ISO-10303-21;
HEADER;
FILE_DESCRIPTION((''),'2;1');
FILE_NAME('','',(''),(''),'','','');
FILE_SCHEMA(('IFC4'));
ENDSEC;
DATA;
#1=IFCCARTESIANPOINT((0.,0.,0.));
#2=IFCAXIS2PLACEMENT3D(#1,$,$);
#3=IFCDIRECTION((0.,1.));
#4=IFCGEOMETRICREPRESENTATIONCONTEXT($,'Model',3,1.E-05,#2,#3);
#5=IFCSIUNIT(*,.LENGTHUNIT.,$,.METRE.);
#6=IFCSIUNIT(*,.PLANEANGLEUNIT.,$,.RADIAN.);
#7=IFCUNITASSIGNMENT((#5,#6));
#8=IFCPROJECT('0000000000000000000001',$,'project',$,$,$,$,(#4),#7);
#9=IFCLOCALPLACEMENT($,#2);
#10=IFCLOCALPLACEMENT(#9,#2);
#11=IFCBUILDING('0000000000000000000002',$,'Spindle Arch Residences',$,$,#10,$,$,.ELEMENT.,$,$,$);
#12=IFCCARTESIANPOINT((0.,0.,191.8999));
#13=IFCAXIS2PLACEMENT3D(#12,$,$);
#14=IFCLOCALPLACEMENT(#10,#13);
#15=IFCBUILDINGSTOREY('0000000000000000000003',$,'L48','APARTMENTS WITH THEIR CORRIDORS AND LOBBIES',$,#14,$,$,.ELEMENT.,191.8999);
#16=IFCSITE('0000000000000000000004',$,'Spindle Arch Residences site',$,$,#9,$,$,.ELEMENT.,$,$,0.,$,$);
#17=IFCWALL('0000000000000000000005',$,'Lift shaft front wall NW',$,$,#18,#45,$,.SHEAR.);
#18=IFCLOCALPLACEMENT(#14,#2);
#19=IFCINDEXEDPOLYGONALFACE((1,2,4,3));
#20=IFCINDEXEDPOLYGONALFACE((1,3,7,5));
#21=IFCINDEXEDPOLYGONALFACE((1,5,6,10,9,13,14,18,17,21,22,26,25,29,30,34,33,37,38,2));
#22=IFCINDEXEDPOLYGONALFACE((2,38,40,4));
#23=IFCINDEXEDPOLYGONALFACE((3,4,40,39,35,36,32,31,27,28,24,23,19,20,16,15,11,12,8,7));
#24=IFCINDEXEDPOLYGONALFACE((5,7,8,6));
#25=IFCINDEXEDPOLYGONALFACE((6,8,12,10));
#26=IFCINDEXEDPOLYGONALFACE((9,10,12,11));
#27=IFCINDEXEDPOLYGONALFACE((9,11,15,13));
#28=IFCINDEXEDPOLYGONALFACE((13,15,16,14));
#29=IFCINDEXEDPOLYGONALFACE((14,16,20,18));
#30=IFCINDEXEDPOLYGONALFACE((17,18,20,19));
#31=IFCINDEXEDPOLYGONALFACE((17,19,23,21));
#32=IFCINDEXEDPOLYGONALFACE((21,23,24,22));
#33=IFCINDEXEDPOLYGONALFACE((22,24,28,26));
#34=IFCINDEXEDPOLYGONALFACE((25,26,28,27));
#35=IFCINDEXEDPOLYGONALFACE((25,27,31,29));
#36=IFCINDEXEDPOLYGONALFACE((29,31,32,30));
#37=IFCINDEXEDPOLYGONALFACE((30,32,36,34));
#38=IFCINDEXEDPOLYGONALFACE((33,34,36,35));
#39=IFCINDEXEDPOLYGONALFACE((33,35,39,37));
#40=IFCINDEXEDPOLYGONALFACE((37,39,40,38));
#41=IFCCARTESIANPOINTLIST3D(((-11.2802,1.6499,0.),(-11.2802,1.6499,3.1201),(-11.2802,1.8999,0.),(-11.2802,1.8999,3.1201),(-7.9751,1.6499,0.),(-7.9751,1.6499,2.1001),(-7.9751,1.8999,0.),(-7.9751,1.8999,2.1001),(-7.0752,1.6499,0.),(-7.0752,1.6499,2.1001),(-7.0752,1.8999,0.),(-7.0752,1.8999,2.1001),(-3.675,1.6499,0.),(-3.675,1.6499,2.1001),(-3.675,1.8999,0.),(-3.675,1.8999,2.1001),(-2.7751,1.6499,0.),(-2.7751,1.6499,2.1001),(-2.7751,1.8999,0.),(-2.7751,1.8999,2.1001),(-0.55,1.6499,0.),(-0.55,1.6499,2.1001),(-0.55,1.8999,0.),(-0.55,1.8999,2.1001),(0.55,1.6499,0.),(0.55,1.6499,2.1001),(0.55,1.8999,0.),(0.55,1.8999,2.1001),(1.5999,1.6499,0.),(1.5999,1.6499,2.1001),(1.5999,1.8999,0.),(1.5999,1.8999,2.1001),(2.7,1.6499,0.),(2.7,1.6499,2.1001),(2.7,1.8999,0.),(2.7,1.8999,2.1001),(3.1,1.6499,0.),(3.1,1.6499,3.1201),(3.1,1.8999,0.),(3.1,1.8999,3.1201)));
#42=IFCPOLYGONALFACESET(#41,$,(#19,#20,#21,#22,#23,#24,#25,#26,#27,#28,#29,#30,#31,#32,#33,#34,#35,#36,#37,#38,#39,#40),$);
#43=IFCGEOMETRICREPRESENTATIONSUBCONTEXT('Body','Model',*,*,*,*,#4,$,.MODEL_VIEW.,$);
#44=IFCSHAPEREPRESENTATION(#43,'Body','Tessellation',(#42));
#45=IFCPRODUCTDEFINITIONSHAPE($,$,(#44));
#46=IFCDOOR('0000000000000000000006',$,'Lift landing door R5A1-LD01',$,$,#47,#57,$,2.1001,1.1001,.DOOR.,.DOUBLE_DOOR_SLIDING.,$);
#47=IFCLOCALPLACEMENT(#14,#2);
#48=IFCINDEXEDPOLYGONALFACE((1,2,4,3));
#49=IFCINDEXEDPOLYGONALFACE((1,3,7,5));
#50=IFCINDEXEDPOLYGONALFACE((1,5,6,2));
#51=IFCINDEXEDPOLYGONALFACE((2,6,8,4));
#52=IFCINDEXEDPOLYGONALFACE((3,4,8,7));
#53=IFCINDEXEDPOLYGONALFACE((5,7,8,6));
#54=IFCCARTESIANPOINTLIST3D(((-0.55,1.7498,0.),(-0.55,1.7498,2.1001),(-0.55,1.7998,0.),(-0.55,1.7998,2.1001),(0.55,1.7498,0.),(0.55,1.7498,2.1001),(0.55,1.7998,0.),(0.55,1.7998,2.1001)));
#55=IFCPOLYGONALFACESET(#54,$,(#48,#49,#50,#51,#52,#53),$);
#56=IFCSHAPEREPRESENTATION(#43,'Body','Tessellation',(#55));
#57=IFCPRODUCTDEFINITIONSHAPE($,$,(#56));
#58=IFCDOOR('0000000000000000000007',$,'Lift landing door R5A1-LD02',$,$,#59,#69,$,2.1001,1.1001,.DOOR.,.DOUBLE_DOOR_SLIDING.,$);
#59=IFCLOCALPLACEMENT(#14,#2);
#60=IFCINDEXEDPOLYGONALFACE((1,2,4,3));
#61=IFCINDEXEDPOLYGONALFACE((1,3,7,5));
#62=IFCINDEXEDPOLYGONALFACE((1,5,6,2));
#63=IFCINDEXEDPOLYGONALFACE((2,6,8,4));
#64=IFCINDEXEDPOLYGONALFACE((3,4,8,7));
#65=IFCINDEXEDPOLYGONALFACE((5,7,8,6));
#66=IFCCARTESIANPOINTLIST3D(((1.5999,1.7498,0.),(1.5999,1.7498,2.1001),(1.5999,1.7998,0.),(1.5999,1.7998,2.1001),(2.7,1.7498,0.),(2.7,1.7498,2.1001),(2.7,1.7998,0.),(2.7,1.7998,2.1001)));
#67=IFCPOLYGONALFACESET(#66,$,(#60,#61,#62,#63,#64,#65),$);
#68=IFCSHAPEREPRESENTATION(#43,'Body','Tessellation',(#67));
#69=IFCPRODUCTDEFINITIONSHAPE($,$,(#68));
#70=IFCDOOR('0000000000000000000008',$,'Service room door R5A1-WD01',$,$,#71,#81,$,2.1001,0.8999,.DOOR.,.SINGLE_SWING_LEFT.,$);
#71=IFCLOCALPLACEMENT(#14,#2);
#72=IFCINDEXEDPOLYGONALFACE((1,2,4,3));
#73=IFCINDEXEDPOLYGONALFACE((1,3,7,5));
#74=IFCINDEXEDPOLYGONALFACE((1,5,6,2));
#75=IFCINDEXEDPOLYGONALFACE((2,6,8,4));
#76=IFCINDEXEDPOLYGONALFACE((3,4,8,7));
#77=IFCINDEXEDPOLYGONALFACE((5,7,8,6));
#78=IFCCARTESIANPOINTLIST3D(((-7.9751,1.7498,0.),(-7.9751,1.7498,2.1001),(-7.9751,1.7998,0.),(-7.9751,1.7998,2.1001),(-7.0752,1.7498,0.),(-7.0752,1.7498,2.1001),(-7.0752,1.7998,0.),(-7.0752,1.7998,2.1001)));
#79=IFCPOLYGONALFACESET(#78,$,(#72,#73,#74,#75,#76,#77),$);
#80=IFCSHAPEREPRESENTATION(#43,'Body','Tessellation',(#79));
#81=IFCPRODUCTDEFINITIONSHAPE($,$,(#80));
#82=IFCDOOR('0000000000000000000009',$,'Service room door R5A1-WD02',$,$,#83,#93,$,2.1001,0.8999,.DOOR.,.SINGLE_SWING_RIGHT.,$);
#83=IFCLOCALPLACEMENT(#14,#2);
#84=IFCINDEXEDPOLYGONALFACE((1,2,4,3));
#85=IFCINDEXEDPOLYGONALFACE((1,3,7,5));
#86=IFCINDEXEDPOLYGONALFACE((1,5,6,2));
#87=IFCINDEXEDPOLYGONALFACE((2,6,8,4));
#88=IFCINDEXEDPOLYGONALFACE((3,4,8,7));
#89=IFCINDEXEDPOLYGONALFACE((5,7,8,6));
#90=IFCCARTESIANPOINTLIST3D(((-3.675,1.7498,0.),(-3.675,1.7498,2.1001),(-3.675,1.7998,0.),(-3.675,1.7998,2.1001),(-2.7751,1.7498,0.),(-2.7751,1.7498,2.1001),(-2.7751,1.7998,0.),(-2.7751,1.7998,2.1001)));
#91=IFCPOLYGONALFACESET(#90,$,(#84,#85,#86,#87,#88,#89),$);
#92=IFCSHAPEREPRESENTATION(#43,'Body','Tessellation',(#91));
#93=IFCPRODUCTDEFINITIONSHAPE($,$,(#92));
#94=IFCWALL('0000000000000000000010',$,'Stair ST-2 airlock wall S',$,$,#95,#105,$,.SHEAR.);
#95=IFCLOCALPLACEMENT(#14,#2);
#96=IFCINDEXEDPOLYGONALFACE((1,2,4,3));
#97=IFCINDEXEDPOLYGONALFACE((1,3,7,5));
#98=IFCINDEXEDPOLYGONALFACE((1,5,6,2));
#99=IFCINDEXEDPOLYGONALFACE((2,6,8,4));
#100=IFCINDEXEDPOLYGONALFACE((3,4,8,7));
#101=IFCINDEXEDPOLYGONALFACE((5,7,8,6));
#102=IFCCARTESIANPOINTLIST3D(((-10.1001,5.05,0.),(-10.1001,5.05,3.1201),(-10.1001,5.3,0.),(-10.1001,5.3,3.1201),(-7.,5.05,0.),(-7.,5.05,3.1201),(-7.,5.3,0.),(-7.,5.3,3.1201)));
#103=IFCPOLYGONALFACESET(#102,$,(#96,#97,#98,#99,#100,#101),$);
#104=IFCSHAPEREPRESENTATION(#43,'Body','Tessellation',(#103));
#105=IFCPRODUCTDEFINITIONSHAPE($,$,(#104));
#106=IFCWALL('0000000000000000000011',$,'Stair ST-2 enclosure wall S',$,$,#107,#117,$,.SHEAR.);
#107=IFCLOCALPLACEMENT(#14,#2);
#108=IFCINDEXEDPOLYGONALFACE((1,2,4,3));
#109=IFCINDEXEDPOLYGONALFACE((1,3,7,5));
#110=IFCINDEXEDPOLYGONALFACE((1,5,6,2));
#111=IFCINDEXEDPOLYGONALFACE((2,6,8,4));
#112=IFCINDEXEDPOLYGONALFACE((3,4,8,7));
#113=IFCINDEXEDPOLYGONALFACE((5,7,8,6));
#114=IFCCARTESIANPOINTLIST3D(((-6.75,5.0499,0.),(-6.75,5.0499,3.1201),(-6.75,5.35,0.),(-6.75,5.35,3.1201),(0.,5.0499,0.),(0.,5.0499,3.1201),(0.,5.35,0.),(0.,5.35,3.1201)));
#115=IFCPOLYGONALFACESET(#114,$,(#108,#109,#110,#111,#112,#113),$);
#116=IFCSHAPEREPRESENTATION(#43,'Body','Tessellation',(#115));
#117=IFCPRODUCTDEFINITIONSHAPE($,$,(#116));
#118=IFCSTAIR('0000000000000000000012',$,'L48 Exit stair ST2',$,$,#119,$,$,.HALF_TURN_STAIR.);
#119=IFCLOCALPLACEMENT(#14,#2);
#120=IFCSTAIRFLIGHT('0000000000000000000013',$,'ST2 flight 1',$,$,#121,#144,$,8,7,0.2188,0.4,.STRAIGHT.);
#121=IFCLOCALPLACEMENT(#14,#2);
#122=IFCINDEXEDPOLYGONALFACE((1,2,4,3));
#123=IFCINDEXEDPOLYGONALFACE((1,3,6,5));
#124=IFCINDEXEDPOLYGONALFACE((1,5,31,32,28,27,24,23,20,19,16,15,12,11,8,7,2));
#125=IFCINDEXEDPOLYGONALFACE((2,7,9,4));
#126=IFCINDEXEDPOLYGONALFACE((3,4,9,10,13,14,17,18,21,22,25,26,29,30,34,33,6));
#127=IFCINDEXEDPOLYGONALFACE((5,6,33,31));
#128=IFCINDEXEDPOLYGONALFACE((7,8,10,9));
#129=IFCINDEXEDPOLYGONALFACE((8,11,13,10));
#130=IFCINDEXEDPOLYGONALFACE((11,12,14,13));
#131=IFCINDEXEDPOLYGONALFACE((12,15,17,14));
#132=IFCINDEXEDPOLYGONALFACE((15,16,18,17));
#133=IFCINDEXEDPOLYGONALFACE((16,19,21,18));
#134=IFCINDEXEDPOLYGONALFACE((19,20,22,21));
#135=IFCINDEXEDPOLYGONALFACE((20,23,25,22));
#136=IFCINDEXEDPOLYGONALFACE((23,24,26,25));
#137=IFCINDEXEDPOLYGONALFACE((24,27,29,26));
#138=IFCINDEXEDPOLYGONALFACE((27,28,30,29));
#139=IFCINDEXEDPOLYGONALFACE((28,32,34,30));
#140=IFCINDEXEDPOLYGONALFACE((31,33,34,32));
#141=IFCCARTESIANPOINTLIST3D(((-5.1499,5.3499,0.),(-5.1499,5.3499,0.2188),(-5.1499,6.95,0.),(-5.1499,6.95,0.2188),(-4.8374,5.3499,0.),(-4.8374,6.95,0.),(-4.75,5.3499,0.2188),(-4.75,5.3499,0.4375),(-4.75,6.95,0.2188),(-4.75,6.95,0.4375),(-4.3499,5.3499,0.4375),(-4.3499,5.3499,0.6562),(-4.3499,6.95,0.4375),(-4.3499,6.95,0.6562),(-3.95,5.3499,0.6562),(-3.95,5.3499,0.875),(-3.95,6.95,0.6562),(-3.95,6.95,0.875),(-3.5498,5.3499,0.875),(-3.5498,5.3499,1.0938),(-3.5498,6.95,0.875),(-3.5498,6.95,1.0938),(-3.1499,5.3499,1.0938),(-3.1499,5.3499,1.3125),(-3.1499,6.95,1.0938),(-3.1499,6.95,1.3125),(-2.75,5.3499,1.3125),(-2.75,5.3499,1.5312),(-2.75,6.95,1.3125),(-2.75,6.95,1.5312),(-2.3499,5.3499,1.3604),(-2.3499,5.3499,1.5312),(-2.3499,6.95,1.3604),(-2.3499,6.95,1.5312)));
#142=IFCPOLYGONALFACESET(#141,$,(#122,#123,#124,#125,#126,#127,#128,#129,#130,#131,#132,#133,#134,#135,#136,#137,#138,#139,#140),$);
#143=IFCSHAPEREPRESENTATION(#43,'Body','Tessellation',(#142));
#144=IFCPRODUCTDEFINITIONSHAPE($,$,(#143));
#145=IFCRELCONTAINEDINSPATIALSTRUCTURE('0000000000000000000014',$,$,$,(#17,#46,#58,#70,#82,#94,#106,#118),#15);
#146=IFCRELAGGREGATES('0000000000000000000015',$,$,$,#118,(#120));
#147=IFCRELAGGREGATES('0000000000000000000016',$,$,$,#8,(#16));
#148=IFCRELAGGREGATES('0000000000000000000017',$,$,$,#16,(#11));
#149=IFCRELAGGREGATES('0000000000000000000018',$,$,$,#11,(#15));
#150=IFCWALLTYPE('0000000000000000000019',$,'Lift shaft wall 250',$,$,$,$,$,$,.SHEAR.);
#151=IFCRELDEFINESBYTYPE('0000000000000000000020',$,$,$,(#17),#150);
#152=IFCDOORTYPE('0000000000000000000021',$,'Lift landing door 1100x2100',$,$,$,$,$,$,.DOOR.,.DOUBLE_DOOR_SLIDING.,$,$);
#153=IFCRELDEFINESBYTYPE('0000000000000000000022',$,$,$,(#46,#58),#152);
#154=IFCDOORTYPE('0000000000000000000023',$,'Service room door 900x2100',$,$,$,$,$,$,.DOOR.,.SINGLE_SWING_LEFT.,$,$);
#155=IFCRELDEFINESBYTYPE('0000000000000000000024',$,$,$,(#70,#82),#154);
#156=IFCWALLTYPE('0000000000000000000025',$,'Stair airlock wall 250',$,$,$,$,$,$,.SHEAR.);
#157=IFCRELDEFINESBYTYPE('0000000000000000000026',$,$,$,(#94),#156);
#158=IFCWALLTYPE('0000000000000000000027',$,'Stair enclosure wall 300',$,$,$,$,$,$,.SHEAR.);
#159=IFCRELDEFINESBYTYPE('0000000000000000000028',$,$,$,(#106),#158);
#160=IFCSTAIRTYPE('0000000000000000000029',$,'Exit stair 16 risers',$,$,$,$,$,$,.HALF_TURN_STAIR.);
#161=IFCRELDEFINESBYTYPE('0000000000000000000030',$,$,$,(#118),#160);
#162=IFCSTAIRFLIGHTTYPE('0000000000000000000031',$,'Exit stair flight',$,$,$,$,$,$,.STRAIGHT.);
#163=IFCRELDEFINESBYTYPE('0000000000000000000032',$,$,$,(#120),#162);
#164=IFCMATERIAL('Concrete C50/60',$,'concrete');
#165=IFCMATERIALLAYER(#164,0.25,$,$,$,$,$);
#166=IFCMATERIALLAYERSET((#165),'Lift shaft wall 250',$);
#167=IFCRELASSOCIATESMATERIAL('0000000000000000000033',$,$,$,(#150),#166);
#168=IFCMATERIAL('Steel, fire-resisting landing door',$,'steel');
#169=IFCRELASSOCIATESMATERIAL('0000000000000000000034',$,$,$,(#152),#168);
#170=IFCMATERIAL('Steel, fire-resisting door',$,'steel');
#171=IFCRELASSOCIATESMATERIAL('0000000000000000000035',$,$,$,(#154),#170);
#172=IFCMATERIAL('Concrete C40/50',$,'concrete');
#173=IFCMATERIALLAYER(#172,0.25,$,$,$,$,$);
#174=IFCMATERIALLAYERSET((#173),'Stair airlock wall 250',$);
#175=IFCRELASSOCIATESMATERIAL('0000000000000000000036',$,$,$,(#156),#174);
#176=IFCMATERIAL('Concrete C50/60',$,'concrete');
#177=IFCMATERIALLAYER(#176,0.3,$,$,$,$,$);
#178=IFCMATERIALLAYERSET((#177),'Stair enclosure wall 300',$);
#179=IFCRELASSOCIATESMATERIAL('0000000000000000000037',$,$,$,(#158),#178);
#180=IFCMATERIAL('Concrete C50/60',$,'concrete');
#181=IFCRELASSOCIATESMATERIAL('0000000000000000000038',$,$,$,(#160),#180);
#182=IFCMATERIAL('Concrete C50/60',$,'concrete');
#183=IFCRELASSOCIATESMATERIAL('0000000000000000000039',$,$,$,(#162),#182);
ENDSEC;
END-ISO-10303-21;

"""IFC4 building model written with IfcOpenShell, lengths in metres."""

from ifc_helpers import new_model, si_unit, direction, frame, frame_2d, origin, place, context, subcontext, project, spatial, polyline, rectangle, outline, extrude, material, layer, layer_set, type_object, element, fill, aggregate, save


model = new_model("IFC4")

# Units and contexts
model_context = context("Model", 3, precision=1e-05, world=origin(), true_north=direction((0.0, 1.0)))
body_context = subcontext(model_context, "Body", "Model", "MODEL_VIEW")
ifc_project = project(units=[si_unit("LENGTHUNIT", "METRE"), si_unit("PLANEANGLEUNIT", "RADIAN")], contexts=[model_context])

# Site, building, storey
site_placement = place(None, origin())
site = spatial("IfcSite", under=ifc_project, at=site_placement, Name="Spindle Arch Residences site", CompositionType="ELEMENT", RefElevation=0.0)
building_placement = place(site_placement, origin())
building = spatial("IfcBuilding", under=site, at=building_placement, Name="Spindle Arch Residences", CompositionType="ELEMENT")
storey_placement = place(building_placement, frame((0.0, 0.0, 191.8999)))
storey = spatial("IfcBuildingStorey", under=building, at=storey_placement, Name="L48", Description="APARTMENTS WITH THEIR CORRIDORS AND LOBBIES", CompositionType="ELEMENT", Elevation=191.8999)

# Wall, openings, doors
ifc_material_1 = material(Name="Concrete C50/60", Category="concrete")
ifc_layer_1 = layer(ifc_material_1, 0.25)
ifc_layer_set_1 = layer_set([ifc_layer_1], Name="Lift shaft wall 250")
wall_type_1 = type_object("IfcWallType", Name="Lift shaft wall 250", PredefinedType="SHEAR", material=ifc_layer_set_1)
wall_1_placement = place(storey_placement, frame((-11.28, 1.7749, 0.0), z_axis=(0.0, 0.0, 1.0), x_axis=(1.0, 0.0, 0.0)))
wall_1 = element("IfcWall", 1, at=wall_1_placement, inside=storey, type_object=wall_type_1, Name="Lift shaft front wall NW", PredefinedType="SHEAR", context=body_context, shape_type="SweptSolid", body=[
    extrude(rectangle(XDim=14.3801, YDim=0.25, at=frame_2d((7.1899, 0.0))), origin(), (0.0, 0.0, 1.0), 3.1201),
])
opening_1_placement = place(wall_1_placement, frame((10.73, 0.0, 0.0)))
opening_1 = element("IfcOpeningElement", 2, at=opening_1_placement, cuts=wall_1, PredefinedType="OPENING", context=body_context, shape_type="SweptSolid", body=[
    extrude(rectangle(XDim=1.1001, YDim=2.1001, at=frame_2d((0.55, 1.05))), frame((0.0, 0.135, 0.0), z_axis=(0.0, -1.0, 0.0), x_axis=(1.0, 0.0, 0.0)), (0.0, 0.0, 1.0), 0.27),
])
opening_2_placement = place(wall_1_placement, frame((12.8799, 0.0, 0.0)))
opening_2 = element("IfcOpeningElement", 3, at=opening_2_placement, cuts=wall_1, PredefinedType="OPENING", context=body_context, shape_type="SweptSolid", body=[
    extrude(rectangle(XDim=1.1001, YDim=2.1001, at=frame_2d((0.55, 1.05))), frame((0.0, 0.135, 0.0), z_axis=(0.0, -1.0, 0.0), x_axis=(1.0, 0.0, 0.0)), (0.0, 0.0, 1.0), 0.27),
])
opening_3_placement = place(wall_1_placement, frame((3.3049, 0.0, 0.0)))
opening_3 = element("IfcOpeningElement", 4, at=opening_3_placement, cuts=wall_1, PredefinedType="OPENING", context=body_context, shape_type="SweptSolid", body=[
    extrude(rectangle(XDim=0.8999, YDim=2.1001, at=frame_2d((0.45, 1.05))), frame((0.0, 0.135, 0.0), z_axis=(0.0, -1.0, 0.0), x_axis=(1.0, 0.0, 0.0)), (0.0, 0.0, 1.0), 0.27),
])
opening_4_placement = place(wall_1_placement, frame((7.605, 0.0, 0.0)))
opening_4 = element("IfcOpeningElement", 5, at=opening_4_placement, cuts=wall_1, PredefinedType="OPENING", context=body_context, shape_type="SweptSolid", body=[
    extrude(rectangle(XDim=0.8999, YDim=2.1001, at=frame_2d((0.45, 1.05))), frame((0.0, 0.135, 0.0), z_axis=(0.0, -1.0, 0.0), x_axis=(1.0, 0.0, 0.0)), (0.0, 0.0, 1.0), 0.27),
])
ifc_material_2 = material(Name="Steel, fire-resisting landing door", Category="steel")
door_type_1 = type_object("IfcDoorType", Name="Lift landing door 1100x2100", OperationType="DOUBLE_DOOR_SLIDING", PredefinedType="DOOR", material=ifc_material_2)
door_1_placement = place(opening_1_placement, origin())
door_1 = element("IfcDoor", 6, at=door_1_placement, inside=storey, type_object=door_type_1, Name="Lift landing door R5A1-LD01", OperationType="DOUBLE_DOOR_SLIDING", OverallHeight=2.1001, OverallWidth=1.1001, PredefinedType="DOOR", context=body_context, shape_type="SweptSolid", body=[
    extrude(rectangle(XDim=1.1001, YDim=2.1001, at=frame_2d((0.55, 1.05))), frame((0.0, 0.0249, 0.0), z_axis=(0.0, -1.0, 0.0), x_axis=(1.0, 0.0, 0.0)), (0.0, 0.0, 1.0), 0.05),
])
fill(opening_1, door_1)
door_2_placement = place(opening_2_placement, origin())
door_2 = element("IfcDoor", 7, at=door_2_placement, inside=storey, type_object=door_type_1, Name="Lift landing door R5A1-LD02", OperationType="DOUBLE_DOOR_SLIDING", OverallHeight=2.1001, OverallWidth=1.1001, PredefinedType="DOOR", context=body_context, shape_type="SweptSolid", body=[
    extrude(rectangle(XDim=1.1001, YDim=2.1001, at=frame_2d((0.55, 1.05))), frame((0.0, 0.0249, 0.0), z_axis=(0.0, -1.0, 0.0), x_axis=(1.0, 0.0, 0.0)), (0.0, 0.0, 1.0), 0.05),
])
fill(opening_2, door_2)
ifc_material_3 = material(Name="Steel, fire-resisting door", Category="steel")
door_type_2 = type_object("IfcDoorType", Name="Service room door 900x2100", OperationType="SINGLE_SWING_LEFT", PredefinedType="DOOR", material=ifc_material_3)
door_3_placement = place(opening_3_placement, origin())
door_3 = element("IfcDoor", 8, at=door_3_placement, inside=storey, type_object=door_type_2, Name="Service room door R5A1-WD01", OperationType="SINGLE_SWING_LEFT", OverallHeight=2.1001, OverallWidth=0.8999, PredefinedType="DOOR", context=body_context, shape_type="SweptSolid", body=[
    extrude(rectangle(XDim=0.8999, YDim=2.1001, at=frame_2d((0.45, 1.05))), frame((0.0, 0.0249, 0.0), z_axis=(0.0, -1.0, 0.0), x_axis=(1.0, 0.0, 0.0)), (0.0, 0.0, 1.0), 0.05),
])
fill(opening_3, door_3)
door_4_placement = place(opening_4_placement, origin())
door_4 = element("IfcDoor", 9, at=door_4_placement, inside=storey, type_object=door_type_2, Name="Service room door R5A1-WD02", OperationType="SINGLE_SWING_RIGHT", OverallHeight=2.1001, OverallWidth=0.8999, PredefinedType="DOOR", context=body_context, shape_type="SweptSolid", body=[
    extrude(rectangle(XDim=0.8999, YDim=2.1001, at=frame_2d((0.45, 1.05))), frame((0.0, 0.0249, 0.0), z_axis=(0.0, -1.0, 0.0), x_axis=(1.0, 0.0, 0.0)), (0.0, 0.0, 1.0), 0.05),
])
fill(opening_4, door_4)

# Walls
ifc_material_4 = material(Name="Concrete C40/50", Category="concrete")
ifc_layer_2 = layer(ifc_material_4, 0.25)
ifc_layer_set_2 = layer_set([ifc_layer_2], Name="Stair airlock wall 250")
wall_type_2 = type_object("IfcWallType", Name="Stair airlock wall 250", PredefinedType="SHEAR", material=ifc_layer_set_2)
wall_2_placement = place(storey_placement, frame((-7.0, 5.175, 0.0), z_axis=(0.0, 0.0, 1.0), x_axis=(-1.0, 0.0, 0.0)))
element("IfcWall", 10, at=wall_2_placement, inside=storey, type_object=wall_type_2, Name="Stair ST-2 airlock wall S", PredefinedType="SHEAR", context=body_context, shape_type="SweptSolid", body=[
    extrude(rectangle(XDim=3.1001, YDim=0.25, at=frame_2d((1.55, 0.0))), origin(), (0.0, 0.0, 1.0), 3.1201),
])
ifc_material_5 = material(Name="Concrete C50/60", Category="concrete")
ifc_layer_3 = layer(ifc_material_5, 0.3)
ifc_layer_set_3 = layer_set([ifc_layer_3], Name="Stair enclosure wall 300")
wall_type_3 = type_object("IfcWallType", Name="Stair enclosure wall 300", PredefinedType="SHEAR", material=ifc_layer_set_3)
wall_3_placement = place(storey_placement, frame((-6.75, 5.2, 0.0), z_axis=(0.0, 0.0, 1.0), x_axis=(1.0, 0.0, 0.0)))
element("IfcWall", 11, at=wall_3_placement, inside=storey, type_object=wall_type_3, Name="Stair ST-2 enclosure wall S", PredefinedType="SHEAR", context=body_context, shape_type="SweptSolid", body=[
    extrude(rectangle(XDim=6.75, YDim=0.3, at=frame_2d((3.375, 0.0))), origin(), (0.0, 0.0, 1.0), 3.1201),
])

# Stair, stair flight
ifc_material_6 = material(Name="Concrete C50/60", Category="concrete")
stair_type = type_object("IfcStairType", Name="Exit stair 16 risers", PredefinedType="HALF_TURN_STAIR", material=ifc_material_6)
stair_placement = place(storey_placement, origin())
stair = element("IfcStair", 12, at=stair_placement, inside=storey, type_object=stair_type, Name="L48 Exit stair ST2", PredefinedType="HALF_TURN_STAIR")
ifc_material_7 = material(Name="Concrete C50/60", Category="concrete")
stair_flight_type = type_object("IfcStairFlightType", Name="Exit stair flight", PredefinedType="STRAIGHT", material=ifc_material_7)
stair_flight_1_placement = place(storey_placement, frame((-5.1499, 6.1499, 0.0), z_axis=(0.0, 0.0, 1.0), x_axis=(1.0, 0.0, 0.0)))
stair_flight_1 = element("IfcStairFlight", 13, at=stair_flight_1_placement, type_object=stair_flight_type, Name="ST2 flight 1", NumberOfRisers=8, NumberOfTreads=7, PredefinedType="STRAIGHT", RiserHeight=0.2188, TreadLength=0.4, context=body_context, shape_type="SweptSolid", body=[
    extrude(outline(polyline([(0.0, 0.0), (0.0, 0.2188), (0.3999, 0.2188), (0.3999, 0.4375), (0.8, 0.4375), (0.8, 0.6562), (1.2, 0.6562), (1.2, 0.875), (1.6001, 0.875), (1.6001, 1.0938), (2.0, 1.0938), (2.0, 1.3125), (2.3999, 1.3125), (2.3999, 1.5312), (2.8, 1.5312), (2.8, 1.75), (2.8, 1.3604), (0.3125, 0.0), (0.0, 0.0)])), frame((0.0, 0.8, 0.0), z_axis=(0.0, -1.0, 0.0), x_axis=(1.0, 0.0, 0.0)), (0.0, 0.0, 1.0), 1.6001),
])
aggregate(stair, [stair_flight_1])

save(model, "model.ifc")
